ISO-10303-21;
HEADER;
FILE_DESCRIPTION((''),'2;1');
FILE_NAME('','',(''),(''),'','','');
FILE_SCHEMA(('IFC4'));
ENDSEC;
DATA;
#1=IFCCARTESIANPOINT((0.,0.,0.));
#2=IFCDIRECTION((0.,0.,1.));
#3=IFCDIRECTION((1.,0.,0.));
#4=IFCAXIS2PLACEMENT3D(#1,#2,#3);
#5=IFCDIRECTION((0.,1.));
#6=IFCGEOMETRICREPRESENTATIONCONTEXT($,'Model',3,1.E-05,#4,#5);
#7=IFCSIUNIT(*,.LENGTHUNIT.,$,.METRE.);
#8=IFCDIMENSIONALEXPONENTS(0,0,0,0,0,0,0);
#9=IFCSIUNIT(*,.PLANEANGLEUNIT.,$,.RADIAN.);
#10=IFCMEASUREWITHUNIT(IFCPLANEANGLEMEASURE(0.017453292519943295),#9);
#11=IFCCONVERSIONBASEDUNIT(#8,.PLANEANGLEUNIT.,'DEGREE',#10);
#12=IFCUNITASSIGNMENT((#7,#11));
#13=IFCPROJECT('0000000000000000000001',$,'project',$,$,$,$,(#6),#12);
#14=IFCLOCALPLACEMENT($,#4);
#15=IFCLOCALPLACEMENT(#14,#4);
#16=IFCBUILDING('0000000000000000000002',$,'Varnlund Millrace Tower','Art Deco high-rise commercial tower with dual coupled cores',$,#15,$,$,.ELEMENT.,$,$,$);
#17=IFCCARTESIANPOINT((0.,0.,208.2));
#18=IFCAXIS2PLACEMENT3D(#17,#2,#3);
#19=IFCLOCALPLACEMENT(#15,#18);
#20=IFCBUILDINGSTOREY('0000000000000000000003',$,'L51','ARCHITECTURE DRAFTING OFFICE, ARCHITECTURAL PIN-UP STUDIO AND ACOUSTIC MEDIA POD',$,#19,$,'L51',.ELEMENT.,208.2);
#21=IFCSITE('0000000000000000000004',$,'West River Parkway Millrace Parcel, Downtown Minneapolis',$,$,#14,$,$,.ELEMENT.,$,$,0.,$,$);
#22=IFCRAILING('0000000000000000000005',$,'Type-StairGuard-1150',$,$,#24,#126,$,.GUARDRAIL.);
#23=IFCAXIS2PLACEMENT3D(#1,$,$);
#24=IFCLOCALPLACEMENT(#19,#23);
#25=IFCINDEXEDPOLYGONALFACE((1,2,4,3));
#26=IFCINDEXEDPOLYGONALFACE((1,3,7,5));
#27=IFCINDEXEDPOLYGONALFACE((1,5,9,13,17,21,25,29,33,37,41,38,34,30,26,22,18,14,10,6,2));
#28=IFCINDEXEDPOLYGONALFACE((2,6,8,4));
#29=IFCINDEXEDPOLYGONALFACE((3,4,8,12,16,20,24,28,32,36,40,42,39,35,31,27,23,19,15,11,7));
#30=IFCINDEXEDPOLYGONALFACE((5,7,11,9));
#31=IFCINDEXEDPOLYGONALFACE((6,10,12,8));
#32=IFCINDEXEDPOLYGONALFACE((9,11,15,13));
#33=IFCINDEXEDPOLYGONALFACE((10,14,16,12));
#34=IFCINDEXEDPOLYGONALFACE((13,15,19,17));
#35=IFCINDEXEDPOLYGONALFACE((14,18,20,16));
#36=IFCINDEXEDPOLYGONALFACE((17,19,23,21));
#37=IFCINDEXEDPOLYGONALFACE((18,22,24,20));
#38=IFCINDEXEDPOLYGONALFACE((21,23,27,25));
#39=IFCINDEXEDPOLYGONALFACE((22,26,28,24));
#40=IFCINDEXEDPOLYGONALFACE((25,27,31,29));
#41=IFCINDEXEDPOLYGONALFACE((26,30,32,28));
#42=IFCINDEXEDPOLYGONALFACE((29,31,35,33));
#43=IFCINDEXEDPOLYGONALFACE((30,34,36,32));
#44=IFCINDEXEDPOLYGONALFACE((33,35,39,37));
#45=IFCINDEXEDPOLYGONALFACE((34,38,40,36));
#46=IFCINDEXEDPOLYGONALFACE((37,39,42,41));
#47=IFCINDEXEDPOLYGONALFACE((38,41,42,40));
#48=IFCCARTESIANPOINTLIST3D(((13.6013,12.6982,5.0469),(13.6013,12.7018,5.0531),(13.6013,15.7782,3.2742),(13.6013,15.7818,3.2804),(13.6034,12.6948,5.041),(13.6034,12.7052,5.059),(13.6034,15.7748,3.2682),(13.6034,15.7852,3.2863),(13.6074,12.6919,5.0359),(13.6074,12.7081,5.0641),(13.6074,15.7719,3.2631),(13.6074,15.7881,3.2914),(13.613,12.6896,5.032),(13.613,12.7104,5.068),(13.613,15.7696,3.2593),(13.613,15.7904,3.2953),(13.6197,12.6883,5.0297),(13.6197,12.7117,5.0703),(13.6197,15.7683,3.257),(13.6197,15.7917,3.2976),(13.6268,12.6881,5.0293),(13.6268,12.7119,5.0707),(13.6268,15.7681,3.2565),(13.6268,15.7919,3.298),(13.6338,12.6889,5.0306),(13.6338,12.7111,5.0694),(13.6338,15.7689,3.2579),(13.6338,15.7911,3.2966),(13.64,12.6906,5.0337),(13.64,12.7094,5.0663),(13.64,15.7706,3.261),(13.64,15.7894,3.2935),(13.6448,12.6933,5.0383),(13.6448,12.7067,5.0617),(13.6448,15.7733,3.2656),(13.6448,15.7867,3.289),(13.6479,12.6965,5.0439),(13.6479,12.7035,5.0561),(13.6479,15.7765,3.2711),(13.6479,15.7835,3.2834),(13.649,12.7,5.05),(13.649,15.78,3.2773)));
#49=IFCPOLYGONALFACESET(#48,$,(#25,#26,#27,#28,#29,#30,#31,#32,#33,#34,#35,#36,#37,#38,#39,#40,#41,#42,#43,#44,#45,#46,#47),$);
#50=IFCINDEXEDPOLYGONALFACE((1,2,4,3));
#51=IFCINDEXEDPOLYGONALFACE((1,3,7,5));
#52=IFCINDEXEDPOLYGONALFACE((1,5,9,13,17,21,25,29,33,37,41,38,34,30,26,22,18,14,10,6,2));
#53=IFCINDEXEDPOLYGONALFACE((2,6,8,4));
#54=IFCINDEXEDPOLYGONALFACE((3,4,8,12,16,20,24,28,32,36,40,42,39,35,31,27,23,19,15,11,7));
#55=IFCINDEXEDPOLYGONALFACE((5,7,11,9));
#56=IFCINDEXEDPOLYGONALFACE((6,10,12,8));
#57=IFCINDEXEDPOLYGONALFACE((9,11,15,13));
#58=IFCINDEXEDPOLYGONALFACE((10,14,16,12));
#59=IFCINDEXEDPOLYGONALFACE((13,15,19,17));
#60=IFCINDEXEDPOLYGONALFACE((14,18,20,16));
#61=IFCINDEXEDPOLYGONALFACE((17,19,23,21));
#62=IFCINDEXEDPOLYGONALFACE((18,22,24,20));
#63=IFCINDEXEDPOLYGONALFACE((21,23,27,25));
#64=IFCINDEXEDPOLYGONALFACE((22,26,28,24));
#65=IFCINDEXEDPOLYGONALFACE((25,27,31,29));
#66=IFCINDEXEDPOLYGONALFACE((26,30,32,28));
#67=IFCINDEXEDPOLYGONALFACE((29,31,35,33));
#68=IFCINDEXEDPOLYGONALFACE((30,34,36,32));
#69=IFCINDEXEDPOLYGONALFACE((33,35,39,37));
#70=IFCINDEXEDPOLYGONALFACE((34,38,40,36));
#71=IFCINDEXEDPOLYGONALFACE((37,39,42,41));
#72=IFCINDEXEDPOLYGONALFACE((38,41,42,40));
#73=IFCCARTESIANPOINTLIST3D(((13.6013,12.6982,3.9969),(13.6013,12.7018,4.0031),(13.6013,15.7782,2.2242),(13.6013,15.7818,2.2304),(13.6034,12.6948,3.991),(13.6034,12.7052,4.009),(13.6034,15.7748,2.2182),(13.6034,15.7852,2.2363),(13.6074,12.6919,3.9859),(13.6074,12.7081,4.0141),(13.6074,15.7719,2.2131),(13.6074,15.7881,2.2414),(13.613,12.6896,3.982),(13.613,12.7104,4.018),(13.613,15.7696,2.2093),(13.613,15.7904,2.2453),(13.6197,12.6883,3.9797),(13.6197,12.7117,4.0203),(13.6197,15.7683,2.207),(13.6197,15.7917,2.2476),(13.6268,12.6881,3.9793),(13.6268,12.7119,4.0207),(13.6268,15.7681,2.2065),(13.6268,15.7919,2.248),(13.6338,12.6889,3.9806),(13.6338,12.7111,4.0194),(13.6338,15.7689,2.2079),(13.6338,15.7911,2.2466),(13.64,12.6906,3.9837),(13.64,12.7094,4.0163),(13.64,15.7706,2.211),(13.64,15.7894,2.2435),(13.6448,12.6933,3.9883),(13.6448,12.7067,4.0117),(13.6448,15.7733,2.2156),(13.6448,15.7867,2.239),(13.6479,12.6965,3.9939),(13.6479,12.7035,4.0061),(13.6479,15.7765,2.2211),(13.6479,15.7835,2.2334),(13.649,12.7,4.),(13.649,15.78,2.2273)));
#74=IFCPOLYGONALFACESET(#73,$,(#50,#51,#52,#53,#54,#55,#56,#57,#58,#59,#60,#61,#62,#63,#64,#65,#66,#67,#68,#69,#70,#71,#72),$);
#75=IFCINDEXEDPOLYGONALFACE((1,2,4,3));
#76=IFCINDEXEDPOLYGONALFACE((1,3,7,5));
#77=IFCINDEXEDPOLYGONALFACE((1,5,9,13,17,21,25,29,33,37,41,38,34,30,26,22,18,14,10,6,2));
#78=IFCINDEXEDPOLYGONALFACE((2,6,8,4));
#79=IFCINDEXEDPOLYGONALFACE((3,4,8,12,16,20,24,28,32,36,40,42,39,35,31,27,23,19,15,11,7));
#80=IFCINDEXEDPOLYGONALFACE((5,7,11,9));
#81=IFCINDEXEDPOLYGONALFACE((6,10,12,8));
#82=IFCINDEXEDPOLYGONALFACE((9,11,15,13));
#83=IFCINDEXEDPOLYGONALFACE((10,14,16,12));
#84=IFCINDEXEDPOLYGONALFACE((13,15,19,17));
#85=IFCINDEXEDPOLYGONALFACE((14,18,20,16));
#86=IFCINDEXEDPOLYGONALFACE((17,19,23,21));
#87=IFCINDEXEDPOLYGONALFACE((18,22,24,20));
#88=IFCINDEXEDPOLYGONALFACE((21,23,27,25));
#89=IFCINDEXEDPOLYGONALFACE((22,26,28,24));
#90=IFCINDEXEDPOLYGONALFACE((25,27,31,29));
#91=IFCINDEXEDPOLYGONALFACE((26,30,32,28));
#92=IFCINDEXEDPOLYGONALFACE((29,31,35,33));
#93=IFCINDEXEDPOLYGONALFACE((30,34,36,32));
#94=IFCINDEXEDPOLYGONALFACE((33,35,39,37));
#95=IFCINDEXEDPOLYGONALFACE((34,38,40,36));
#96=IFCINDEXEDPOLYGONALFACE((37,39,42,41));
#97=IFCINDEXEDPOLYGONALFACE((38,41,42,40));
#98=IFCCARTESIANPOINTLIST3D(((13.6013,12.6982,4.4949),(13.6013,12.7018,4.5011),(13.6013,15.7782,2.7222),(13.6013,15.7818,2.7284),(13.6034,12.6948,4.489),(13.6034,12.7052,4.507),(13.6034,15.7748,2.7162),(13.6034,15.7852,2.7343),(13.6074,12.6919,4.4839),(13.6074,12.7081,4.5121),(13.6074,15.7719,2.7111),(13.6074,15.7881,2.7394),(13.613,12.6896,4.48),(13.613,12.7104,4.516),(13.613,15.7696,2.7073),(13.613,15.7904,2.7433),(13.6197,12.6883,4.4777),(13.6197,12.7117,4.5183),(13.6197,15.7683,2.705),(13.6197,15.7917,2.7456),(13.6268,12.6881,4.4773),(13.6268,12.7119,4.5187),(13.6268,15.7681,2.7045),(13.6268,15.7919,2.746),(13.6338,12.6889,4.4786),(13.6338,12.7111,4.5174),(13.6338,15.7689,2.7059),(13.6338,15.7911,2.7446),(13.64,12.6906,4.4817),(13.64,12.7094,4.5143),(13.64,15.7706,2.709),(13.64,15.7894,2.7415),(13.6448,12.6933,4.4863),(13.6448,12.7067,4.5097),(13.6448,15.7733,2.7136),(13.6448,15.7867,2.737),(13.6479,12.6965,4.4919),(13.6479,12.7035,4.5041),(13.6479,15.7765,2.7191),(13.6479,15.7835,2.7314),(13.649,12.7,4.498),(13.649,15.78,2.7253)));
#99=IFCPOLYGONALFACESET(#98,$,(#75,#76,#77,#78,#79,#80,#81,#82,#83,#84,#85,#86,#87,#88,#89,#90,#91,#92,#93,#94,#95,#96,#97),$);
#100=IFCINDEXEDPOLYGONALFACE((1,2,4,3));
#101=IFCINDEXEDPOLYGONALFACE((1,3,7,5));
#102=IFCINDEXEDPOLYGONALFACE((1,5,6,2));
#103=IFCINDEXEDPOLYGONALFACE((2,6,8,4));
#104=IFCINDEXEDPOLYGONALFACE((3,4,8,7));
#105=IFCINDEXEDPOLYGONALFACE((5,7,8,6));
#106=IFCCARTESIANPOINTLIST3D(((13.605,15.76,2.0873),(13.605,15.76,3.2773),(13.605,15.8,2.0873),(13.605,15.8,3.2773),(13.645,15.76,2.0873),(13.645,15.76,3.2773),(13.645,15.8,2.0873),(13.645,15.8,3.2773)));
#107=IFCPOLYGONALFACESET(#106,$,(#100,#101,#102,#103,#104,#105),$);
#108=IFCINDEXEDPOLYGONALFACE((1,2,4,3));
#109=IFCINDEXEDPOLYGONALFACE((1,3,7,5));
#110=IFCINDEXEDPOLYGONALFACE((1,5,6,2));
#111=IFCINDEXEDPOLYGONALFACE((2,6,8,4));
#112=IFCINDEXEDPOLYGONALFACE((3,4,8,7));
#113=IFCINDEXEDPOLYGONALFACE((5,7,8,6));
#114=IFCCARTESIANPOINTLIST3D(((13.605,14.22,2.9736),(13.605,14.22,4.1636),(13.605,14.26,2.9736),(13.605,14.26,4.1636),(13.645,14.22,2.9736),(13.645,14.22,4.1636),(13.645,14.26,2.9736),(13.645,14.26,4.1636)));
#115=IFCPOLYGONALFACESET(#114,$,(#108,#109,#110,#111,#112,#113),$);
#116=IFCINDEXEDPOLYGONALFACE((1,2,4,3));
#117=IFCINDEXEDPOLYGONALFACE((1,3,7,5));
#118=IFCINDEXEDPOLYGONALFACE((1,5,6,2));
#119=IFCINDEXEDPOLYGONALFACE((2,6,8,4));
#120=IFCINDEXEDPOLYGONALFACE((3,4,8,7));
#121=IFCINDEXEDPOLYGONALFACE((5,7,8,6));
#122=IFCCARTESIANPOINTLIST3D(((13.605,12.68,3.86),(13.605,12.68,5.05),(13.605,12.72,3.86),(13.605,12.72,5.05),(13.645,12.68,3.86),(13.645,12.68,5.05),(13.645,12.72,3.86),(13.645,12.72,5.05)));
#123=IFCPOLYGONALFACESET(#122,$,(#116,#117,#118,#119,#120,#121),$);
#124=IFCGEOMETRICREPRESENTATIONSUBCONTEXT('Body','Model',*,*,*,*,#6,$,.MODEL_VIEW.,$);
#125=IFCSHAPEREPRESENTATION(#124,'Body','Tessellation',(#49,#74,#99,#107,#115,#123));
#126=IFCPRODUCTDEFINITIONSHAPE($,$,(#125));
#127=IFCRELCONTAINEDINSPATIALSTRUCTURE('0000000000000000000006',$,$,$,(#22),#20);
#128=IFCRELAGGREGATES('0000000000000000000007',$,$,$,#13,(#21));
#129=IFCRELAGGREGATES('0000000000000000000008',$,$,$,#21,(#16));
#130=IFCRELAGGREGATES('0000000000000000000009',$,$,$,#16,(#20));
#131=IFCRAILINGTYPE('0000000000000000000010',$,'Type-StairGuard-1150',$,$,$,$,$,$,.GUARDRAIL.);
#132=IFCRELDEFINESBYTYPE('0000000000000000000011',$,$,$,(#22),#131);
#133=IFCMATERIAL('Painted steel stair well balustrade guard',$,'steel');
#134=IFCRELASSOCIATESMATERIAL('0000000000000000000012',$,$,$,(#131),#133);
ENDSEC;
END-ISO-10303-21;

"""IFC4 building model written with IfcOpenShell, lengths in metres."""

from ifc_helpers import new_model, entity, si_unit, converted_unit, direction, frame, origin_with_axes, origin_2d_with_axis, place, context, subcontext, project, spatial, rectangle, circle, extrude, material, type_object, element, save


model = new_model("IFC4")

# Units and contexts
model_context = context("Model", 3, precision=1e-05, world=origin_with_axes(), true_north=direction((0.0, 1.0)))
body_context = subcontext(model_context, "Body", "Model", "MODEL_VIEW")
ifc_project = project(units=[si_unit("LENGTHUNIT", "METRE"), converted_unit("PLANEANGLEUNIT", "DEGREE", entity("IfcPlaneAngleMeasure", 0.017453292519943295), si_unit("PLANEANGLEUNIT", "RADIAN"), dimensions=[0, 0, 0, 0, 0, 0, 0])], contexts=[model_context])

# Site, building, storey
site_placement = place(None, origin_with_axes())
site = spatial("IfcSite", under=ifc_project, at=site_placement, Name="West River Parkway Millrace Parcel, Downtown Minneapolis", CompositionType="ELEMENT", RefElevation=0.0)
building_placement = place(site_placement, origin_with_axes())
building = spatial("IfcBuilding", under=site, at=building_placement, Name="Varnlund Millrace Tower", Description="Art Deco high-rise commercial tower with dual coupled cores", CompositionType="ELEMENT")
storey_placement = place(building_placement, frame((0.0, 0.0, 208.2), z_axis=(0.0, 0.0, 1.0), x_axis=(1.0, 0.0, 0.0)))
storey = spatial("IfcBuildingStorey", under=building, at=storey_placement, Name="L51", Description="ARCHITECTURE DRAFTING OFFICE, ARCHITECTURAL PIN-UP STUDIO AND ACOUSTIC MEDIA POD", LongName="L51", CompositionType="ELEMENT", Elevation=208.2)

# Railing
ifc_material_1 = material(Name="Painted steel stair well balustrade guard", Category="steel")
railing_type_1 = type_object("IfcRailingType", Name="Type-StairGuard-1150", PredefinedType="GUARDRAIL", material=ifc_material_1)
railing_1_placement = place(storey_placement, frame((0.0, 0.0, -208.2), z_axis=(0.0, 0.0, 1.0), x_axis=(1.0, 0.0, 0.0)))
element("IfcRailing", 1, at=railing_1_placement, inside=storey, type_object=railing_type_1, Name="Type-StairGuard-1150", PredefinedType="GUARDRAIL", context=body_context, shape_type="SweptSolid", body=[
    extrude(circle(Radius=0.024, at=origin_2d_with_axis()), frame((13.625, 15.78, 211.4773), z_axis=(0.0, -0.866696, 0.498836), x_axis=(1.0, 0.0, 0.0)), (0.0, 0.0, 1.0), 3.5537),
    extrude(circle(Radius=0.024, at=origin_2d_with_axis()), frame((13.625, 15.78, 210.4273), z_axis=(0.0, -0.866696, 0.498836), x_axis=(1.0, 0.0, 0.0)), (0.0, 0.0, 1.0), 3.5537),
    extrude(circle(Radius=0.024, at=origin_2d_with_axis()), frame((13.625, 15.78, 210.9253), z_axis=(0.0, -0.866696, 0.498836), x_axis=(1.0, 0.0, 0.0)), (0.0, 0.0, 1.0), 3.5537),
    extrude(rectangle(XDim=0.04, YDim=0.04, at=origin_2d_with_axis()), frame((13.625, 15.78, 210.2873), z_axis=(0.0, 0.0, 1.0), x_axis=(1.0, 0.0, 0.0)), (0.0, 0.0, 1.0), 1.19),
    extrude(rectangle(XDim=0.04, YDim=0.04, at=origin_2d_with_axis()), frame((13.625, 14.24, 211.1736), z_axis=(0.0, 0.0, 1.0), x_axis=(1.0, 0.0, 0.0)), (0.0, 0.0, 1.0), 1.19),
    extrude(rectangle(XDim=0.04, YDim=0.04, at=origin_2d_with_axis()), frame((13.625, 12.7, 212.06), z_axis=(0.0, 0.0, 1.0), x_axis=(1.0, 0.0, 0.0)), (0.0, 0.0, 1.0), 1.19),
])

save(model, "model.ifc")
